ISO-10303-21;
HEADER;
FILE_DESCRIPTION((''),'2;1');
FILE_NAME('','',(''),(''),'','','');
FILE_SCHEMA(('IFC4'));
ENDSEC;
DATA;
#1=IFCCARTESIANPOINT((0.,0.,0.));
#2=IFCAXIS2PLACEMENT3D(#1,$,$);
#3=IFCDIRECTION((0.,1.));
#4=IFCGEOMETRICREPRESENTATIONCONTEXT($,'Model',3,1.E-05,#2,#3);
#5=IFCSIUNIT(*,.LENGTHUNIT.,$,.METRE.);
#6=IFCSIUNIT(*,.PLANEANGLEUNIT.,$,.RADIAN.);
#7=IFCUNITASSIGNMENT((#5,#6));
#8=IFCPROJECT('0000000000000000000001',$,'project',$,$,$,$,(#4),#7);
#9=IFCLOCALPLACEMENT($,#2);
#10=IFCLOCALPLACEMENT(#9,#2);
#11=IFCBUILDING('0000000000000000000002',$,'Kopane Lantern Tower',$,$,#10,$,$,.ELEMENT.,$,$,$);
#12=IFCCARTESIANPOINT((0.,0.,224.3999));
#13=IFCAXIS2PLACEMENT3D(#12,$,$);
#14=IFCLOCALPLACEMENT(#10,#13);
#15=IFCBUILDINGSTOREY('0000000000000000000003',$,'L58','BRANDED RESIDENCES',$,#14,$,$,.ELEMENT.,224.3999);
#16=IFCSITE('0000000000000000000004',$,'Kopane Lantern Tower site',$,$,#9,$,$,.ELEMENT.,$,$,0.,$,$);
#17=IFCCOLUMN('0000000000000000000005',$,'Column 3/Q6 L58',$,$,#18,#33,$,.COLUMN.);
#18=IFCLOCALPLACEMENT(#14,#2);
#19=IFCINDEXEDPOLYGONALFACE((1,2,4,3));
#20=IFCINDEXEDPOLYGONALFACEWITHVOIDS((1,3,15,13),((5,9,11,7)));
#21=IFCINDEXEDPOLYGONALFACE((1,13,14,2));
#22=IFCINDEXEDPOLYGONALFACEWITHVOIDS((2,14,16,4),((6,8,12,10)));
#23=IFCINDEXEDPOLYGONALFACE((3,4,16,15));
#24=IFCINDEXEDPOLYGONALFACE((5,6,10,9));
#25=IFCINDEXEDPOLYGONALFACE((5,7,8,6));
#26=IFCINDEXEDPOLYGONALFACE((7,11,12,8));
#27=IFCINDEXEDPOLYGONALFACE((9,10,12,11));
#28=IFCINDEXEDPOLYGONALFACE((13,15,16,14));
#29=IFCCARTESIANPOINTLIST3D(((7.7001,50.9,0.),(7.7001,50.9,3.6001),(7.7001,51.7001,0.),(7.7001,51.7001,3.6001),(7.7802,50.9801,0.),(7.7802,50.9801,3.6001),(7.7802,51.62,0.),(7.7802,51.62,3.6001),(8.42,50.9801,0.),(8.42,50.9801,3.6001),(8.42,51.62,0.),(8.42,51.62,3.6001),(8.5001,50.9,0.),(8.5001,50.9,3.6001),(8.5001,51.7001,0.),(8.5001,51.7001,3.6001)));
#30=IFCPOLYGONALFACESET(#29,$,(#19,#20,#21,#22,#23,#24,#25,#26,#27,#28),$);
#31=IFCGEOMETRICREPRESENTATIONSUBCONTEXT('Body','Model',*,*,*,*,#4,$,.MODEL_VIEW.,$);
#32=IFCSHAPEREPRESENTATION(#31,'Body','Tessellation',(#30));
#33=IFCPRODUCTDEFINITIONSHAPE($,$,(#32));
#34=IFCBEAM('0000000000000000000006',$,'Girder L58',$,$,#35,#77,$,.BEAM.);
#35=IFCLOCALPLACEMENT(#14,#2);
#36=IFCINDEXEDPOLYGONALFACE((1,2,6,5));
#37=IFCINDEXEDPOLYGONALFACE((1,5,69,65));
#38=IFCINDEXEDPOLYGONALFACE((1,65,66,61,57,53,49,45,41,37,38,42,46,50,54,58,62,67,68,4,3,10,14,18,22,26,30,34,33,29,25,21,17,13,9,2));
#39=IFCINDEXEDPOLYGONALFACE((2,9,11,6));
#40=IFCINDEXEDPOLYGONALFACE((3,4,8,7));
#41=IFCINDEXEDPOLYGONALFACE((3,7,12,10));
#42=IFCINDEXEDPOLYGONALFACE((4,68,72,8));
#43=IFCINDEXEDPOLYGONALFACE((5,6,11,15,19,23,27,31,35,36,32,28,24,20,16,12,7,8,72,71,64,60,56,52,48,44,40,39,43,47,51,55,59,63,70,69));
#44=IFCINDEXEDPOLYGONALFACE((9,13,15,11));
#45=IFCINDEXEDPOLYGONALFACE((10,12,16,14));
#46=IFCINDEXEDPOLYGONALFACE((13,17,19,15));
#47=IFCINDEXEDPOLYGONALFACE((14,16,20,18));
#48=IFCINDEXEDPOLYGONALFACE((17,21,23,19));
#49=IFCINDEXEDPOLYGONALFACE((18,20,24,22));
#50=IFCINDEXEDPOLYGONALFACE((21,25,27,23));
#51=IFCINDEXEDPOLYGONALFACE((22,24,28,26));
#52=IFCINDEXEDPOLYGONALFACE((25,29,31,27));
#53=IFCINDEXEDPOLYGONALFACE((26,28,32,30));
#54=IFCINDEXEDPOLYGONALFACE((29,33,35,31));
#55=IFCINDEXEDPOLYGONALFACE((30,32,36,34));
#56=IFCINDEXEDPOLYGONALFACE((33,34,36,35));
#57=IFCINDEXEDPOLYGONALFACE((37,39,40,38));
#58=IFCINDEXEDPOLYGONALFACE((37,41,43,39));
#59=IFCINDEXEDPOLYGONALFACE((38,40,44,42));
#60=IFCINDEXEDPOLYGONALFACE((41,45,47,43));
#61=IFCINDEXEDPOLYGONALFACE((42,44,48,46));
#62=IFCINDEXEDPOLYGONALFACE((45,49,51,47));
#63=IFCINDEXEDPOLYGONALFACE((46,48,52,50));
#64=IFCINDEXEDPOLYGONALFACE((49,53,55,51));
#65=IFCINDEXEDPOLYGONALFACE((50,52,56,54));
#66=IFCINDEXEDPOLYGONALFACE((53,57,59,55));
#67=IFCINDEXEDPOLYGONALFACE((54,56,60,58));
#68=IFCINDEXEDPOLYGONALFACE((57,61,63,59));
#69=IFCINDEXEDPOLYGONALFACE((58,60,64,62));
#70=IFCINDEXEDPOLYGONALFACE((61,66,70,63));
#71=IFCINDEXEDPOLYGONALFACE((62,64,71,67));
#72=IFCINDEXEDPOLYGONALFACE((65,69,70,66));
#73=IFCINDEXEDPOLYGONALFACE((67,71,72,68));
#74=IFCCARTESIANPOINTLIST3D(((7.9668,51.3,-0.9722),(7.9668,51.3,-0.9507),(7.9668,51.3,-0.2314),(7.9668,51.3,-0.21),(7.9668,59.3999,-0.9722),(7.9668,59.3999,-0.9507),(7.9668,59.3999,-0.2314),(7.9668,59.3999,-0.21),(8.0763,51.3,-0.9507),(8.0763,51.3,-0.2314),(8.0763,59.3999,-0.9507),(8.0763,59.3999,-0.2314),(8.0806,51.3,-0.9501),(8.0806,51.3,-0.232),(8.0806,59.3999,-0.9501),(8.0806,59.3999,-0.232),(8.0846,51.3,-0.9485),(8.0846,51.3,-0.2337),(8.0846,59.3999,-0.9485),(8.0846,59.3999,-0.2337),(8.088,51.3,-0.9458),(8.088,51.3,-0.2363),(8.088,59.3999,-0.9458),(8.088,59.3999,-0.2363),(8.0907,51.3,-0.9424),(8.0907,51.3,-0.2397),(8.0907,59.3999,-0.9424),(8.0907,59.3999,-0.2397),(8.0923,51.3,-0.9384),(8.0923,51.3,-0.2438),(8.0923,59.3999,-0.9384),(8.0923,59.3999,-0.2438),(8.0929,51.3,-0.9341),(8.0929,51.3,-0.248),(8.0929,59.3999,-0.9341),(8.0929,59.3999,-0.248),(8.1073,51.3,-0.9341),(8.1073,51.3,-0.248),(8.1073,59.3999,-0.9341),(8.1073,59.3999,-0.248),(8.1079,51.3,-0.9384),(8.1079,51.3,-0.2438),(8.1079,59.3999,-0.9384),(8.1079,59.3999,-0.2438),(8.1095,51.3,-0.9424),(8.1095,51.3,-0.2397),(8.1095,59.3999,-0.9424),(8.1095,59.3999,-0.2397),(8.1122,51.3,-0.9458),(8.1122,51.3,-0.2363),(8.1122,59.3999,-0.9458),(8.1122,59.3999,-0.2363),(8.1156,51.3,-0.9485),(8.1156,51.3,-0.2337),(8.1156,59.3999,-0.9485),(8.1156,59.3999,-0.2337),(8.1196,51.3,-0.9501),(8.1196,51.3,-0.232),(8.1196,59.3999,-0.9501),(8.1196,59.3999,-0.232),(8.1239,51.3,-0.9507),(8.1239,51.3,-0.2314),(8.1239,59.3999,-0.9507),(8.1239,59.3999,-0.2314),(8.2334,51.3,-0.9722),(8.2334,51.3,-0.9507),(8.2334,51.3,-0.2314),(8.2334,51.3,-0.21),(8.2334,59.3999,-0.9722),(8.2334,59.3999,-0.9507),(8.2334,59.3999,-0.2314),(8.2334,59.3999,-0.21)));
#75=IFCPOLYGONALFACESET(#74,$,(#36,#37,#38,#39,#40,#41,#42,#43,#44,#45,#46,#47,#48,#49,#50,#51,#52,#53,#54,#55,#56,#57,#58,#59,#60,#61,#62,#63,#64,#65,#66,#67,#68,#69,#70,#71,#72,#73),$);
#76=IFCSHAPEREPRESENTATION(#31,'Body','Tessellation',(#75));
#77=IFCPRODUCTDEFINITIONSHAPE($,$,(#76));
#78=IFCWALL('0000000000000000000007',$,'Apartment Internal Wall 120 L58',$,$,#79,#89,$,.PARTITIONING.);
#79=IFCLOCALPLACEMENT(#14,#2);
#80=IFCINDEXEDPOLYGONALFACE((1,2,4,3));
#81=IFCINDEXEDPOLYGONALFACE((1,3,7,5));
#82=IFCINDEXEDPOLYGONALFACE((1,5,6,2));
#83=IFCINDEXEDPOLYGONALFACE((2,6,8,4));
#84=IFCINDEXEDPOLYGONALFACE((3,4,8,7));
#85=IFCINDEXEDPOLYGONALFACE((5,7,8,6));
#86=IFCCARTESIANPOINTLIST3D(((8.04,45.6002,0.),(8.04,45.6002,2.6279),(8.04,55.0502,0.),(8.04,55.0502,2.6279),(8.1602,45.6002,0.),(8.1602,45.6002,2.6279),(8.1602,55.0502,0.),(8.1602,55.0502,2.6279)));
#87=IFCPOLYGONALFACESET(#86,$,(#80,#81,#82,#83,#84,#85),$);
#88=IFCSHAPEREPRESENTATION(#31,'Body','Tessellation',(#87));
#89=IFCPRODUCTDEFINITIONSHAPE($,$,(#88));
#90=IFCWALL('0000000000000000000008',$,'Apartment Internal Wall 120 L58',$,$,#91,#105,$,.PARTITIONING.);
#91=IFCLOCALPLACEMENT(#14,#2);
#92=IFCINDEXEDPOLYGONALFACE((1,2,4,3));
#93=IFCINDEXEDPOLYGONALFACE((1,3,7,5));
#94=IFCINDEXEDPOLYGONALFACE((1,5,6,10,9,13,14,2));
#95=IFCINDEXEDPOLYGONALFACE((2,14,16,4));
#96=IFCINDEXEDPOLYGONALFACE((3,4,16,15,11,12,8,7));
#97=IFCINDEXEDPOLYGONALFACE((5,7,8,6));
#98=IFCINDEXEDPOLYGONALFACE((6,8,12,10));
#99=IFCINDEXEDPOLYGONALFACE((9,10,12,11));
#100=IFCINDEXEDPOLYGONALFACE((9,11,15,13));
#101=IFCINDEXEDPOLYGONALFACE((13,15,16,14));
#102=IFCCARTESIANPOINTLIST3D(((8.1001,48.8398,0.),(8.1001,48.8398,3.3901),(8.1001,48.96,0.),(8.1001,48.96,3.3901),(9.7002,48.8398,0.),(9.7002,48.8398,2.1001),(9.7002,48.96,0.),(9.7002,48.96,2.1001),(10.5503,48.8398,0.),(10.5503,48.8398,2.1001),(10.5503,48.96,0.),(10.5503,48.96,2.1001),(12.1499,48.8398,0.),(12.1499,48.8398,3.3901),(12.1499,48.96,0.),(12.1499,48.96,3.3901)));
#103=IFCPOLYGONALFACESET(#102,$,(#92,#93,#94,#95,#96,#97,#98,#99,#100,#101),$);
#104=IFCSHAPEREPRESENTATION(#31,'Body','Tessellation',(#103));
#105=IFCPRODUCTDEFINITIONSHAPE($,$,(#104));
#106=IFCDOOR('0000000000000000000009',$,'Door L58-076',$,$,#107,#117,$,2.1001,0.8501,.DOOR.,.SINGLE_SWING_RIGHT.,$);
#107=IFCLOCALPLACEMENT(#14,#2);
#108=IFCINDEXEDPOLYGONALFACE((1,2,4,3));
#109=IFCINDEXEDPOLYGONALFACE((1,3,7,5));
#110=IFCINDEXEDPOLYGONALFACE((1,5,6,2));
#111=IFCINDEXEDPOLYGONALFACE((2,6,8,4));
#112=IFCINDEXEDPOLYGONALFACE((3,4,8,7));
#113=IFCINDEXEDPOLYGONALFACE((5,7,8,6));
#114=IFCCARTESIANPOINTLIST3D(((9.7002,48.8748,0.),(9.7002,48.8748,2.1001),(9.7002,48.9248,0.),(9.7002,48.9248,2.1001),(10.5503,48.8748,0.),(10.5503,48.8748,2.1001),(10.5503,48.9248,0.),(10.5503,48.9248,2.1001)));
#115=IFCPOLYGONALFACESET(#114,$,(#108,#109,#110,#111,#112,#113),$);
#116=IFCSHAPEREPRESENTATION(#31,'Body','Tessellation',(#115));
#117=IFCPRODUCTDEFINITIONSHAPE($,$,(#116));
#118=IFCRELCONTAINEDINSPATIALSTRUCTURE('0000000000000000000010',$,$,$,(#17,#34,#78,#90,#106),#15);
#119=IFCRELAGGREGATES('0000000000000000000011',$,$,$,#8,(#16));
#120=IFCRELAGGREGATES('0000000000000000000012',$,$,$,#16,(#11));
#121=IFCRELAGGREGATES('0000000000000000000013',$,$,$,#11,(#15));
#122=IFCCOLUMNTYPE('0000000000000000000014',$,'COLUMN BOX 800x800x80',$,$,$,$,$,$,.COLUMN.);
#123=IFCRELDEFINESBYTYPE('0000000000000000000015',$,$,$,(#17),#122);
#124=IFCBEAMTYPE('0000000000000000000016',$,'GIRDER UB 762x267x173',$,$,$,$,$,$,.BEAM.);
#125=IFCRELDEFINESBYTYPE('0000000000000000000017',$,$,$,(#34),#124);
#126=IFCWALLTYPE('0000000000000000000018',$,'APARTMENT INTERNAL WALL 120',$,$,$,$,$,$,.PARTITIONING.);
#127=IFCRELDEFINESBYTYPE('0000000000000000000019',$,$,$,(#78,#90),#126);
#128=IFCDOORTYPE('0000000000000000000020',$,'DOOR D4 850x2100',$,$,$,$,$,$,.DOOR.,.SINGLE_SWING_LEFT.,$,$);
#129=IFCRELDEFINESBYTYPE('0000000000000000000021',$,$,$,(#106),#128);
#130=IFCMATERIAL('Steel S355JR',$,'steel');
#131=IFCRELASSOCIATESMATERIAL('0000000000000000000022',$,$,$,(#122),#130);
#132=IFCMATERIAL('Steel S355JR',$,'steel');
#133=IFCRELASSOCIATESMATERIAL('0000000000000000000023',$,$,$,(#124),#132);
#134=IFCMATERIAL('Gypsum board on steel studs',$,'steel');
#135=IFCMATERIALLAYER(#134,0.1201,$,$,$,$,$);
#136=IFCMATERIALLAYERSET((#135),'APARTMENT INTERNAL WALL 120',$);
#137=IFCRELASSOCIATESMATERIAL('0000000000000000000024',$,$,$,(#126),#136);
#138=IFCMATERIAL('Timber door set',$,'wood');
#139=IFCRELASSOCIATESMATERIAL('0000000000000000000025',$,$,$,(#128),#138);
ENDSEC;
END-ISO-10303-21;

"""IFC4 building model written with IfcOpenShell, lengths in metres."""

from ifc_helpers import new_model, si_unit, direction, frame, frame_2d, origin, origin_2d, place, context, subcontext, project, spatial, rectangle, hollow_rectangle, i_section, extrude, material, layer, layer_set, material_profile, profile_set, type_object, element, fill, save


model = new_model("IFC4")

# Units and contexts
model_context = context("Model", 3, precision=1e-05, world=origin(), true_north=direction((0.0, 1.0)))
body_context = subcontext(model_context, "Body", "Model", "MODEL_VIEW")
ifc_project = project(units=[si_unit("LENGTHUNIT", "METRE"), si_unit("PLANEANGLEUNIT", "RADIAN")], contexts=[model_context])

# Site, building, storey
site_placement = place(None, origin())
site = spatial("IfcSite", under=ifc_project, at=site_placement, Name="Kopane Lantern Tower site", CompositionType="ELEMENT", RefElevation=0.0)
building_placement = place(site_placement, origin())
building = spatial("IfcBuilding", under=site, at=building_placement, Name="Kopane Lantern Tower", CompositionType="ELEMENT")
storey_placement = place(building_placement, frame((0.0, 0.0, 224.3999)))
storey = spatial("IfcBuildingStorey", under=building, at=storey_placement, Name="L58", Description="BRANDED RESIDENCES", CompositionType="ELEMENT", Elevation=224.3999)

# Column
ifc_material_1 = material(Name="Steel S355JR", Category="steel")
ifc_material_profile_1 = material_profile(ifc_material_1, hollow_rectangle(XDim=0.8, YDim=0.8, WallThickness=0.0801, at=origin_2d()), Name="BOX 800x800x80")
ifc_profile_set_1 = profile_set([ifc_material_profile_1], Name="Steel S355JR")
column_type = type_object("IfcColumnType", Name="COLUMN BOX 800x800x80", PredefinedType="COLUMN", material=ifc_profile_set_1)
column_placement = place(storey_placement, frame((8.1001, 51.3, 0.0), z_axis=(0.0, 0.0, 1.0), x_axis=(1.0, 0.0, 0.0)))
element("IfcColumn", 1, at=column_placement, inside=storey, type_object=column_type, Name="Column 3/Q6 L58", PredefinedType="COLUMN", context=body_context, shape_type="SweptSolid", body=[
    extrude(hollow_rectangle(XDim=0.8, YDim=0.8, WallThickness=0.0801, at=origin_2d()), origin(), (0.0, 0.0, 1.0), 3.6001),
])

# Beam
ifc_material_2 = material(Name="Steel S355JR", Category="steel")
ifc_material_profile_2 = material_profile(ifc_material_2, i_section(OverallWidth=0.2666, OverallDepth=0.7622, WebThickness=0.0144, FlangeThickness=0.0215, FilletRadius=0.0166, at=origin_2d()), Name="UB 762x267x173")
ifc_profile_set_2 = profile_set([ifc_material_profile_2], Name="Steel S355JR")
beam_type = type_object("IfcBeamType", Name="GIRDER UB 762x267x173", PredefinedType="BEAM", material=ifc_profile_set_2)
beam_placement = place(storey_placement, frame((8.1001, 51.3, -0.5911), z_axis=(0.0, 1.0, 0.0), x_axis=(-1.0, 0.0, 0.0)))
element("IfcBeam", 2, at=beam_placement, inside=storey, type_object=beam_type, Name="Girder L58", PredefinedType="BEAM", context=body_context, shape_type="SweptSolid", body=[
    extrude(i_section(OverallWidth=0.2666, OverallDepth=0.7622, WebThickness=0.0144, FlangeThickness=0.0215, FilletRadius=0.0166, at=origin_2d()), origin(), (0.0, 0.0, 1.0), 8.0999),
])

# Wall
ifc_material_3 = material(Name="Gypsum board on steel studs", Category="steel")
ifc_layer_1 = layer(ifc_material_3, 0.1201)
ifc_layer_set_1 = layer_set([ifc_layer_1], Name="APARTMENT INTERNAL WALL 120")
wall_type_1 = type_object("IfcWallType", Name="APARTMENT INTERNAL WALL 120", PredefinedType="PARTITIONING", material=ifc_layer_set_1)
wall_1_placement = place(storey_placement, frame((8.1001, 45.6001, 0.0), z_axis=(0.0, 0.0, 1.0), x_axis=(0.0, 1.0, 0.0)))
element("IfcWall", 3, at=wall_1_placement, inside=storey, type_object=wall_type_1, Name="Apartment Internal Wall 120 L58", PredefinedType="PARTITIONING", context=body_context, shape_type="SweptSolid", body=[
    extrude(rectangle(XDim=9.45, YDim=0.1201, at=frame_2d((4.7251, 0.0))), origin(), (0.0, 0.0, 1.0), 2.6279),
])

# Wall, opening, door
wall_2_placement = place(storey_placement, frame((8.1001, 48.8999, 0.0), z_axis=(0.0, 0.0, 1.0), x_axis=(1.0, 0.0, 0.0)))
wall_2 = element("IfcWall", 4, at=wall_2_placement, inside=storey, type_object=wall_type_1, Name="Apartment Internal Wall 120 L58", PredefinedType="PARTITIONING", context=body_context, shape_type="SweptSolid", body=[
    extrude(rectangle(XDim=4.0498, YDim=0.1201, at=frame_2d((2.0249, 0.0))), origin(), (0.0, 0.0, 1.0), 3.3901),
])
opening_1_placement = place(wall_2_placement, frame((1.6001, 0.0, 0.0)))
opening_1 = element("IfcOpeningElement", 5, at=opening_1_placement, cuts=wall_2, PredefinedType="OPENING", context=body_context, shape_type="SweptSolid", body=[
    extrude(rectangle(XDim=0.8501, YDim=2.1001, at=frame_2d((0.425, 1.05))), frame((0.0, 0.0701, 0.0), z_axis=(0.0, -1.0, 0.0), x_axis=(1.0, 0.0, 0.0)), (0.0, 0.0, 1.0), 0.1401),
])
ifc_material_4 = material(Name="Timber door set", Category="wood")
door_type_1 = type_object("IfcDoorType", Name="DOOR D4 850x2100", OperationType="SINGLE_SWING_LEFT", PredefinedType="DOOR", material=ifc_material_4)
door_1_placement = place(opening_1_placement, origin())
door_1 = element("IfcDoor", 6, at=door_1_placement, inside=storey, type_object=door_type_1, Name="Door L58-076", OperationType="SINGLE_SWING_RIGHT", OverallHeight=2.1001, OverallWidth=0.8501, PredefinedType="DOOR", context=body_context, shape_type="SweptSolid", body=[
    extrude(rectangle(XDim=0.8501, YDim=2.1001, at=frame_2d((0.425, 1.05))), frame((0.0, 0.0249, 0.0), z_axis=(0.0, -1.0, 0.0), x_axis=(1.0, 0.0, 0.0)), (0.0, 0.0, 1.0), 0.05),
])
fill(opening_1, door_1)

save(model, "model.ifc")
